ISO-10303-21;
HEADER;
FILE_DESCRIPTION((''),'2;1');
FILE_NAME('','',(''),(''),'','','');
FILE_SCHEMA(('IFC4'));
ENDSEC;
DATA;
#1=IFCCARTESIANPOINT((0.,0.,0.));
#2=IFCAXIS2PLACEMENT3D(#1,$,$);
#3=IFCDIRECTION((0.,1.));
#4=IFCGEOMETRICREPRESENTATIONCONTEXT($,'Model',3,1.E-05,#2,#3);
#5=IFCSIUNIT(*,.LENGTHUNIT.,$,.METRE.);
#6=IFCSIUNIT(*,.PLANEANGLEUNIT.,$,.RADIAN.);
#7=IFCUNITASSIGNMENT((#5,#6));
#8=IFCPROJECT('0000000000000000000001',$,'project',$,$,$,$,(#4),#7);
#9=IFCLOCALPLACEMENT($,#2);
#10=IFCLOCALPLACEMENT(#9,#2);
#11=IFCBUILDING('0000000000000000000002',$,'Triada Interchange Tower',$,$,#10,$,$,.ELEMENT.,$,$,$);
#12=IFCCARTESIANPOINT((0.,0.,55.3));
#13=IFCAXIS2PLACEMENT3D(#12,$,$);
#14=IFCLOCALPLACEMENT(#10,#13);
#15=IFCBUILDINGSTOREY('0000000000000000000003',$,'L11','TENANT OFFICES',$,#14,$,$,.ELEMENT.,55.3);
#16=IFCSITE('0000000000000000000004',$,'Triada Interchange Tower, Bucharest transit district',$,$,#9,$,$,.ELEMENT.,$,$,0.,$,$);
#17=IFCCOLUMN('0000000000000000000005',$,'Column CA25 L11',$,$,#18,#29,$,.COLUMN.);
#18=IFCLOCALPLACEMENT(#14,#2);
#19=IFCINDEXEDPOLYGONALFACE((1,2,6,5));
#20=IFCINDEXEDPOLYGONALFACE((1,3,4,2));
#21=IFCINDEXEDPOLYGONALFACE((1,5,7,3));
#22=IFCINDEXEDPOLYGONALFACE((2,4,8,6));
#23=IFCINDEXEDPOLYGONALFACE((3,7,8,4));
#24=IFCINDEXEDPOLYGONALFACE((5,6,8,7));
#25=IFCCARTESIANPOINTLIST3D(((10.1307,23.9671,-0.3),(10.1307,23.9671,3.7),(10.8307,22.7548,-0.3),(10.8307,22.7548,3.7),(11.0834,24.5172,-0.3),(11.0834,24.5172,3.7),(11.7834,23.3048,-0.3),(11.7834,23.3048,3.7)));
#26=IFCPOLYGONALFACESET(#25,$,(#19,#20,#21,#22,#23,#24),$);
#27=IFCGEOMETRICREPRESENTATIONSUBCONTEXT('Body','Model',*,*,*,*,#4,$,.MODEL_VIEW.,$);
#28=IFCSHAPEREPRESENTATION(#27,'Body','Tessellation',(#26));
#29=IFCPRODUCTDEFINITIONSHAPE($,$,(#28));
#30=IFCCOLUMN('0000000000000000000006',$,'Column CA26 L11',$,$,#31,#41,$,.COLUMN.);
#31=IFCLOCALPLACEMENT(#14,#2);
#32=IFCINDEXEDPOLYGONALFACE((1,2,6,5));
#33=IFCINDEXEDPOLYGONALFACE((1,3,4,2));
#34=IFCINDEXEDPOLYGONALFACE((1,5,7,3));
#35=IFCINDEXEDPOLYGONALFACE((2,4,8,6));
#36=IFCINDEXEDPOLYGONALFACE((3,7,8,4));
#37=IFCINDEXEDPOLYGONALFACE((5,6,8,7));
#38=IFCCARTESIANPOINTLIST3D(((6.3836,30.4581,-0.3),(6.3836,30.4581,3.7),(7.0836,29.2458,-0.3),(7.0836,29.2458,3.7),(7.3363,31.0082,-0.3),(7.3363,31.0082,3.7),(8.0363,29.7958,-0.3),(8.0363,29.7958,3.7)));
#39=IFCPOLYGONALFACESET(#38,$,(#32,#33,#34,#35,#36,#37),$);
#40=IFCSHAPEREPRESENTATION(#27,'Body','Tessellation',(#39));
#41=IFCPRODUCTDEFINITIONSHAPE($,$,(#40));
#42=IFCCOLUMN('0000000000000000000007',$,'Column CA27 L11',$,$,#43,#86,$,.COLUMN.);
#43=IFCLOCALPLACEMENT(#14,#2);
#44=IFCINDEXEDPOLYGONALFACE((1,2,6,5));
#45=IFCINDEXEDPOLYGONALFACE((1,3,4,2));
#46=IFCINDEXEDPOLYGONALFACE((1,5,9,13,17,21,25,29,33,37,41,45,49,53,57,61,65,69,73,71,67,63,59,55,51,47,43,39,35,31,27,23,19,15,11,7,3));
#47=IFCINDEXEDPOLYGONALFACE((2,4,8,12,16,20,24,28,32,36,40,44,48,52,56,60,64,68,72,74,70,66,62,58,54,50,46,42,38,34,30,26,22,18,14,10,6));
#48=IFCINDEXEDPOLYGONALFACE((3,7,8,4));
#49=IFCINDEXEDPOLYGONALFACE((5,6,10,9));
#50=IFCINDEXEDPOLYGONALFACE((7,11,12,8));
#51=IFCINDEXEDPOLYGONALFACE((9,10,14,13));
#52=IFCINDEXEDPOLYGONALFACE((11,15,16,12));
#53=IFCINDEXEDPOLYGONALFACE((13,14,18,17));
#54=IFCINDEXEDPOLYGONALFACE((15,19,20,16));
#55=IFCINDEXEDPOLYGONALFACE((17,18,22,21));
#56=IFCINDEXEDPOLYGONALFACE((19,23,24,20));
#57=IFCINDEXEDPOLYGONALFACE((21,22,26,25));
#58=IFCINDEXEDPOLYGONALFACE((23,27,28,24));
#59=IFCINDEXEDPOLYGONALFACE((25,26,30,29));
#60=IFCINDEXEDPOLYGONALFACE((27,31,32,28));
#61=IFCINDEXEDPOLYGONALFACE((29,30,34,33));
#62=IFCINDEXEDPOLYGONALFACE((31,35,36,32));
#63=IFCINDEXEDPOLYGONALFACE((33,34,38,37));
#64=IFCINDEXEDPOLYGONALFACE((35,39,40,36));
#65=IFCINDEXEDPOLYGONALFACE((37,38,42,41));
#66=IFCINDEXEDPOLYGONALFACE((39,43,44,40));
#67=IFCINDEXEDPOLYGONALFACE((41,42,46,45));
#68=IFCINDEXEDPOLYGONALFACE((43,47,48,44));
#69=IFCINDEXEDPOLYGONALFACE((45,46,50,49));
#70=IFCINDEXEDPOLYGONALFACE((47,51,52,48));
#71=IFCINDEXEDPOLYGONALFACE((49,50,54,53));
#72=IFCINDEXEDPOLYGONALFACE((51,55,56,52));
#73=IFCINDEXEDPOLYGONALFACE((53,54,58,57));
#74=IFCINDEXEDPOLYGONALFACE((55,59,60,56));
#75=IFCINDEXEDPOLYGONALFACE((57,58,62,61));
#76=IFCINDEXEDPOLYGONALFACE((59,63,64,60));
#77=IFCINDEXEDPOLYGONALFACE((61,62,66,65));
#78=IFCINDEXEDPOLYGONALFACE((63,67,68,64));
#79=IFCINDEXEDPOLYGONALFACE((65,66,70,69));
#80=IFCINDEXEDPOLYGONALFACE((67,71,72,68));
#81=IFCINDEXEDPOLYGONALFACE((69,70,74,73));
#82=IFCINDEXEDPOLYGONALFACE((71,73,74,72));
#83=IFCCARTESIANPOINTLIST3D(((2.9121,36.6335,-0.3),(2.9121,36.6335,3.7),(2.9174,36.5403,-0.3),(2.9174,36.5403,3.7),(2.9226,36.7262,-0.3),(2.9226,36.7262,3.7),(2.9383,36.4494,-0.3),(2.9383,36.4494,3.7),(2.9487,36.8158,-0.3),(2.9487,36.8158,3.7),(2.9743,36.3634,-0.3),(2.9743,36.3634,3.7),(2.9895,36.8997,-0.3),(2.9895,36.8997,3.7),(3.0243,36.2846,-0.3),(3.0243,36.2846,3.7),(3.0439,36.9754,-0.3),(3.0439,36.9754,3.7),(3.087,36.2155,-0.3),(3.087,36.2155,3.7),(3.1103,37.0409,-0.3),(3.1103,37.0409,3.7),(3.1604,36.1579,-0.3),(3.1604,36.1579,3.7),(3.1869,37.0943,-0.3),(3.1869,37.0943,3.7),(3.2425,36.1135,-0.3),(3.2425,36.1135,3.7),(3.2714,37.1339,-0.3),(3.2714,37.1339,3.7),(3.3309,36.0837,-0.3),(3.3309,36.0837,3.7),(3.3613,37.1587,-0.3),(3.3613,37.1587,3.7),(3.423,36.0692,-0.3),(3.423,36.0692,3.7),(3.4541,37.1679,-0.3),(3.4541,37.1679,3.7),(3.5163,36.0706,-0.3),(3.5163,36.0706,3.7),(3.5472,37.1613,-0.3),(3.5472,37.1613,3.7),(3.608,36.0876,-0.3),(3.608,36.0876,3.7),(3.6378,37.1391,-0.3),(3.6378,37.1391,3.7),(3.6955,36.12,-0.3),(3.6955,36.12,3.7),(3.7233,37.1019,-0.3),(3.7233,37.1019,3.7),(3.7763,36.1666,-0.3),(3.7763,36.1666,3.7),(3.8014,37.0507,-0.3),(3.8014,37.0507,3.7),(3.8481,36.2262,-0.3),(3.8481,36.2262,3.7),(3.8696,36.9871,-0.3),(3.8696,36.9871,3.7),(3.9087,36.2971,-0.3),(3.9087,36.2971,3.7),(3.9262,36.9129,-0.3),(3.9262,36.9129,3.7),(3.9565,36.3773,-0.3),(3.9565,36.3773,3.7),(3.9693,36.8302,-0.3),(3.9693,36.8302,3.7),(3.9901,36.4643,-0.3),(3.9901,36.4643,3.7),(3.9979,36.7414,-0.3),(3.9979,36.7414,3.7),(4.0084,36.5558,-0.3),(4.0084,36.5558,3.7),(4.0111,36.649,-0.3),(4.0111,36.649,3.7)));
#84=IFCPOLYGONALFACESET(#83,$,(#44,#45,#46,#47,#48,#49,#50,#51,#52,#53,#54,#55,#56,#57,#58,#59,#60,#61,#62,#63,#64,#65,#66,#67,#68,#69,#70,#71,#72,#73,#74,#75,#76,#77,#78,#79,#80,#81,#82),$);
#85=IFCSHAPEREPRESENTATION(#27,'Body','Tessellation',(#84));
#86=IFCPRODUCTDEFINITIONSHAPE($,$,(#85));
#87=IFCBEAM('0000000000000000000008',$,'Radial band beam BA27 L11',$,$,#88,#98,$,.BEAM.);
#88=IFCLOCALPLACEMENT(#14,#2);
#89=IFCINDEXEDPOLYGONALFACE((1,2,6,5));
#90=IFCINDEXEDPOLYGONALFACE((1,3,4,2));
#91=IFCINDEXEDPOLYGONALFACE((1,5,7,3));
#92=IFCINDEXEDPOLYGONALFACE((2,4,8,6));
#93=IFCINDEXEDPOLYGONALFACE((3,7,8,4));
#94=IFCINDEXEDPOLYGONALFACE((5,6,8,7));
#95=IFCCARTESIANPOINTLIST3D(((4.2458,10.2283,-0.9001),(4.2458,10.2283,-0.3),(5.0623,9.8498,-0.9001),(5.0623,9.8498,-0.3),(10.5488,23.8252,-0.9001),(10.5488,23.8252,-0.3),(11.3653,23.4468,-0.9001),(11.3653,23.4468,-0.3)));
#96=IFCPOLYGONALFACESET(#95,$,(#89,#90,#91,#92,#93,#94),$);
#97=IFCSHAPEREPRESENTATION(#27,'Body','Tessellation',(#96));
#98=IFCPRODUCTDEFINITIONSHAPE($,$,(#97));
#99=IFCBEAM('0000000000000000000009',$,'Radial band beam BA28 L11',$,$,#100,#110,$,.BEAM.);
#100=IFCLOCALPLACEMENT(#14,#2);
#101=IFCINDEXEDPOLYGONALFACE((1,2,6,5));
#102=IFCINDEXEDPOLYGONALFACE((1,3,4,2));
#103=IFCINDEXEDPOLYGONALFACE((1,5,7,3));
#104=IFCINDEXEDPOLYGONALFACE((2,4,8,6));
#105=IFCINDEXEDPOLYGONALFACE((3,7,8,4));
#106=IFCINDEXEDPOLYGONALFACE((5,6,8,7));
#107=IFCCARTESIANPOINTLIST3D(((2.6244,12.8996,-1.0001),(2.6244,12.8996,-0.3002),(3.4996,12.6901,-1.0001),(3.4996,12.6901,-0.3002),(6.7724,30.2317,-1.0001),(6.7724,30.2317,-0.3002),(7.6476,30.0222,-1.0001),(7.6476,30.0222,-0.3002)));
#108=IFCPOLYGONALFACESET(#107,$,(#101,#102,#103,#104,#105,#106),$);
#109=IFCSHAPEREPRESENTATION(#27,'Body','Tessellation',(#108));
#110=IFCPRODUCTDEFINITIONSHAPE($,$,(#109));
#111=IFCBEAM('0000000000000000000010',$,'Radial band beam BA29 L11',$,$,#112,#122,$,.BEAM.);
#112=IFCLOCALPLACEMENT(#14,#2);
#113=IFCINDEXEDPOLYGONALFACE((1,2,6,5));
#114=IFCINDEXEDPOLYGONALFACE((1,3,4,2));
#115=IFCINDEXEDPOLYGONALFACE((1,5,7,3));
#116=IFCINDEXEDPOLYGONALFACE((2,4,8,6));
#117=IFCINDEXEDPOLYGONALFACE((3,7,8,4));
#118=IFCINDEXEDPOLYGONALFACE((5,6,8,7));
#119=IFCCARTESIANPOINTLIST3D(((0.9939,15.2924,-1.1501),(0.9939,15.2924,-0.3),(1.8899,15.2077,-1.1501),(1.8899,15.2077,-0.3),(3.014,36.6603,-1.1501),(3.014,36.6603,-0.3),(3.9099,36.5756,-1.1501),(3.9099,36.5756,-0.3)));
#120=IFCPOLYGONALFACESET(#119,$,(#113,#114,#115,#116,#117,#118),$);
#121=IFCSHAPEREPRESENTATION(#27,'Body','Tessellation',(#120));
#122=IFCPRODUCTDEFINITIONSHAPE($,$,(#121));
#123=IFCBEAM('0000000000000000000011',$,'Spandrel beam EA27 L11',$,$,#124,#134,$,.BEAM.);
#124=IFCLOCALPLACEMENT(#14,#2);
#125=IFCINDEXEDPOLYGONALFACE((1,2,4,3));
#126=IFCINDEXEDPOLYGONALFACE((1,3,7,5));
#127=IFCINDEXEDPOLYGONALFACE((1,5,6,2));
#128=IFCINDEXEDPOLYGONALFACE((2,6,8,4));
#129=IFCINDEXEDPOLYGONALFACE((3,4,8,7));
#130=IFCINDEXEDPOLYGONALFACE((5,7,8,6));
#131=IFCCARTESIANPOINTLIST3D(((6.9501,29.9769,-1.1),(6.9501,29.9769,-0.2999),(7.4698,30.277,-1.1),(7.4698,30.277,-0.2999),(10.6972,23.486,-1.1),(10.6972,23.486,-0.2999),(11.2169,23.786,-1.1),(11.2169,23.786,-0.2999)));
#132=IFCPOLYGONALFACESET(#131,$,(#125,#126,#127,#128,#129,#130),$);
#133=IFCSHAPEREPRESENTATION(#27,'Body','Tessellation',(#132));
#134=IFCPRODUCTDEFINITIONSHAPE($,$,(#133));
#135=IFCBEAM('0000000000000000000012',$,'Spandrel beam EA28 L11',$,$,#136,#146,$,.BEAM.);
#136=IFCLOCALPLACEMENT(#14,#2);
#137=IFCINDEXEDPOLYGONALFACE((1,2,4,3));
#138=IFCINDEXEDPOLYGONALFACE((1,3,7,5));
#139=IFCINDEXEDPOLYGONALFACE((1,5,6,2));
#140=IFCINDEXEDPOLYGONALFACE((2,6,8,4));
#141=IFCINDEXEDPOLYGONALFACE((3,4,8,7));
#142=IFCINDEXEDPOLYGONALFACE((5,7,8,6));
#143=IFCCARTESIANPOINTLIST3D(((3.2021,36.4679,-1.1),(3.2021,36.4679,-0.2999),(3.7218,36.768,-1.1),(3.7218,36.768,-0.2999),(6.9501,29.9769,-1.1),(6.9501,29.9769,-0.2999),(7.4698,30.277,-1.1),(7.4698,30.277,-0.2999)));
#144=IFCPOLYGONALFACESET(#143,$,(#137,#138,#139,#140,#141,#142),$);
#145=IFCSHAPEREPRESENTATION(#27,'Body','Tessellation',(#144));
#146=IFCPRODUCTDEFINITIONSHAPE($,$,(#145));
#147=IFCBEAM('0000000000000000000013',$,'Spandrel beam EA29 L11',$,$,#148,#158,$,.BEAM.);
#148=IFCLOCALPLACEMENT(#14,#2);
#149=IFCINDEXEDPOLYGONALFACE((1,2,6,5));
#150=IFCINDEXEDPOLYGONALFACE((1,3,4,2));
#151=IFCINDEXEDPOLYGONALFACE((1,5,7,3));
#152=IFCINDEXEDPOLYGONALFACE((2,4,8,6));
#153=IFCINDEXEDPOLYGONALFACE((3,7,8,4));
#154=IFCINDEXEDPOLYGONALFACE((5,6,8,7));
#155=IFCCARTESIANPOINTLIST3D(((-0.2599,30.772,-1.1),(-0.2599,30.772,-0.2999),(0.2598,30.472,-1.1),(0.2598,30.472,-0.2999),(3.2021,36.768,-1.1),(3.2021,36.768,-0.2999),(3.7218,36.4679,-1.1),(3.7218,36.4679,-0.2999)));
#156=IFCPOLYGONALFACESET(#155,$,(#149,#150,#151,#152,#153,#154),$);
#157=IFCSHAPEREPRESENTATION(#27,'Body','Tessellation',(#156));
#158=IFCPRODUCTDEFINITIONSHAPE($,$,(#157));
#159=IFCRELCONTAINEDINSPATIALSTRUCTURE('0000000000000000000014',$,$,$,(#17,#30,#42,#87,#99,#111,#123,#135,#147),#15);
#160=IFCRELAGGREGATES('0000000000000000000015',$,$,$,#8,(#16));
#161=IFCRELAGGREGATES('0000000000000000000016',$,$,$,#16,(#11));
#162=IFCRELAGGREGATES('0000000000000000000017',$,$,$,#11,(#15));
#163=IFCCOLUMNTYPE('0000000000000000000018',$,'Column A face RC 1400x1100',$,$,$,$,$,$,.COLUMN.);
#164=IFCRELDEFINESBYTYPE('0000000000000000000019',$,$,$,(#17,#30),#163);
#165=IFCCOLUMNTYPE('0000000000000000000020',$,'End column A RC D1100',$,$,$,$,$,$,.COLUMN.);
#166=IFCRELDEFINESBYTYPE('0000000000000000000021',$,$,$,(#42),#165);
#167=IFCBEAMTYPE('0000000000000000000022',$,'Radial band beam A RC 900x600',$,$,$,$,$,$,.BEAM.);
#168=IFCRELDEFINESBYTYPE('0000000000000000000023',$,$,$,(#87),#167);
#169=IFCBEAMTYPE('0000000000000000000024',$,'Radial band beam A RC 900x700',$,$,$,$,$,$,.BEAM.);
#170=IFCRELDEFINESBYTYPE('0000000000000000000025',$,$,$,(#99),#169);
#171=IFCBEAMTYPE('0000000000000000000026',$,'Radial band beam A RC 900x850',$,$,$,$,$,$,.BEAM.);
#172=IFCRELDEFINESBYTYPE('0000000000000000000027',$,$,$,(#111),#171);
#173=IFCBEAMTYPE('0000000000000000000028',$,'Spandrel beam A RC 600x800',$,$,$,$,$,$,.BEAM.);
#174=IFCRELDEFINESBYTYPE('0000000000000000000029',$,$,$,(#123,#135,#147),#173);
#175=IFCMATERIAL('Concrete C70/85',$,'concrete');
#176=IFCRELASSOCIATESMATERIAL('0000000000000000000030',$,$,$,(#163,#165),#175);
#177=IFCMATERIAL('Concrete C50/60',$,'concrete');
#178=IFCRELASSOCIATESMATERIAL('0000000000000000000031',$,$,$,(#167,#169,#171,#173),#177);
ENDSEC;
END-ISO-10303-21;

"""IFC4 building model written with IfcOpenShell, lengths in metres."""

from ifc_helpers import new_model, si_unit, direction, frame, origin, origin_2d, place, context, subcontext, project, spatial, rectangle, circle, extrude, material, material_profile, profile_set, type_object, element, save


model = new_model("IFC4")

# Units and contexts
model_context = context("Model", 3, precision=1e-05, world=origin(), true_north=direction((0.0, 1.0)))
body_context = subcontext(model_context, "Body", "Model", "MODEL_VIEW")
ifc_project = project(units=[si_unit("LENGTHUNIT", "METRE"), si_unit("PLANEANGLEUNIT", "RADIAN")], contexts=[model_context])

# Site, building, storey
site_placement = place(None, origin())
site = spatial("IfcSite", under=ifc_project, at=site_placement, Name="Triada Interchange Tower, Bucharest transit district", CompositionType="ELEMENT", RefElevation=0.0)
building_placement = place(site_placement, origin())
building = spatial("IfcBuilding", under=site, at=building_placement, Name="Triada Interchange Tower", CompositionType="ELEMENT")
storey_placement = place(building_placement, frame((0.0, 0.0, 55.3)))
storey = spatial("IfcBuildingStorey", under=building, at=storey_placement, Name="L11", Description="TENANT OFFICES", CompositionType="ELEMENT", Elevation=55.3)

# Columns
ifc_material_1 = material(Name="Concrete C70/85", Category="concrete")
ifc_material_profile_1 = material_profile(ifc_material_1, rectangle(XDim=1.3999, YDim=1.1001, at=origin_2d()), Name="RC 1400x1100")
ifc_profile_set_1 = profile_set([ifc_material_profile_1], Name="Concrete C70/85")
column_type_1 = type_object("IfcColumnType", Name="Column A face RC 1400x1100", PredefinedType="COLUMN", material=ifc_profile_set_1)
for number, where, z_axis, x_axis, name in (
    (1, (10.957, 23.636, -0.3), (0.0, 0.0, 1.0), (-0.5, 0.866025, 0.0), "Column CA25 L11"),
    (2, (7.21, 30.127, -0.3), (0.0, 0.0, 1.0), (-0.5, 0.866025, 0.0), "Column CA26 L11"),
):
    element("IfcColumn", number, at=place(storey_placement, frame(where, z_axis=z_axis, x_axis=x_axis)), inside=storey, type_object=column_type_1, Name=name, PredefinedType="COLUMN", context=body_context, shape_type="SweptSolid", body=[
        extrude(rectangle(XDim=1.3999, YDim=1.1001, at=origin_2d()), origin(), (0.0, 0.0, 1.0), 4.0),
    ])
ifc_material_profile_2 = material_profile(ifc_material_1, circle(Radius=0.55, at=origin_2d()), Name="RC D1100")
ifc_profile_set_2 = profile_set([ifc_material_profile_2], Name="Concrete C70/85")
column_type_2 = type_object("IfcColumnType", Name="End column A RC D1100", PredefinedType="COLUMN", material=ifc_profile_set_2)
column_placement = place(storey_placement, frame((3.4619, 36.6179, -0.3), z_axis=(0.0, 0.0, 1.0), x_axis=(-0.5, 0.866025, 0.0)))
element("IfcColumn", 3, at=column_placement, inside=storey, type_object=column_type_2, Name="Column CA27 L11", PredefinedType="COLUMN", context=body_context, shape_type="SweptSolid", body=[
    extrude(circle(Radius=0.55, at=origin_2d()), origin(), (0.0, 0.0, 1.0), 4.0),
])

# Beams
ifc_material_2 = material(Name="Concrete C50/60", Category="concrete")
ifc_material_profile_3 = material_profile(ifc_material_2, rectangle(XDim=0.8999, YDim=0.6001, at=origin_2d()), Name="RC 900x600")
ifc_profile_set_3 = profile_set([ifc_material_profile_3], Name="Concrete C50/60")
beam_type_1 = type_object("IfcBeamType", Name="Radial band beam A RC 900x600", PredefinedType="BEAM", material=ifc_profile_set_3)
beam_1_placement = place(storey_placement, frame((10.957, 23.636, -0.6001), z_axis=(-0.420569, -0.907261, 0.0), x_axis=(0.907261, -0.420569, 0.0)))
element("IfcBeam", 4, at=beam_1_placement, inside=storey, type_object=beam_type_1, Name="Radial band beam BA27 L11", PredefinedType="BEAM", context=body_context, shape_type="SweptSolid", body=[
    extrude(rectangle(XDim=0.8999, YDim=0.6001, at=origin_2d()), origin(), (0.0, 0.0, 1.0), 14.9868),
])
ifc_material_profile_4 = material_profile(ifc_material_2, rectangle(XDim=0.8999, YDim=0.7, at=origin_2d()), Name="RC 900x700")
ifc_profile_set_4 = profile_set([ifc_material_profile_4], Name="Concrete C50/60")
beam_type_2 = type_object("IfcBeamType", Name="Radial band beam A RC 900x700", PredefinedType="BEAM", material=ifc_profile_set_4)
beam_2_placement = place(storey_placement, frame((7.21, 30.127, -0.6501), z_axis=(-0.23275, -0.972537, 0.0), x_axis=(0.972537, -0.23275, 0.0)))
element("IfcBeam", 5, at=beam_2_placement, inside=storey, type_object=beam_type_2, Name="Radial band beam BA28 L11", PredefinedType="BEAM", context=body_context, shape_type="SweptSolid", body=[
    extrude(rectangle(XDim=0.8999, YDim=0.7, at=origin_2d()), origin(), (0.0, 0.0, 1.0), 17.8215),
])
ifc_material_profile_5 = material_profile(ifc_material_2, rectangle(XDim=0.8999, YDim=0.8501, at=origin_2d()), Name="RC 900x850")
ifc_profile_set_5 = profile_set([ifc_material_profile_5], Name="Concrete C50/60")
beam_type_3 = type_object("IfcBeamType", Name="Radial band beam A RC 900x850", PredefinedType="BEAM", material=ifc_profile_set_5)
beam_3_placement = place(storey_placement, frame((3.4619, 36.6179, -0.7251), z_axis=(-0.094116, -0.995561, 0.0), x_axis=(0.995561, -0.094116, 0.0)))
element("IfcBeam", 6, at=beam_3_placement, inside=storey, type_object=beam_type_3, Name="Radial band beam BA29 L11", PredefinedType="BEAM", context=body_context, shape_type="SweptSolid", body=[
    extrude(rectangle(XDim=0.8999, YDim=0.8501, at=origin_2d()), origin(), (0.0, 0.0, 1.0), 21.4631),
])
ifc_material_profile_6 = material_profile(ifc_material_2, rectangle(XDim=0.6001, YDim=0.8, at=origin_2d()), Name="RC 600x800")
ifc_profile_set_6 = profile_set([ifc_material_profile_6], Name="Concrete C50/60")
beam_type_4 = type_object("IfcBeamType", Name="Spandrel beam A RC 600x800", PredefinedType="BEAM", material=ifc_profile_set_6)
beam_4_placement = place(storey_placement, frame((10.957, 23.636, -0.7), z_axis=(-0.499951, 0.866054, 0.0), x_axis=(-0.866054, -0.499951, 0.0)))
element("IfcBeam", 7, at=beam_4_placement, inside=storey, type_object=beam_type_4, Name="Spandrel beam EA27 L11", PredefinedType="BEAM", context=body_context, shape_type="SweptSolid", body=[
    extrude(rectangle(XDim=0.6001, YDim=0.8, at=origin_2d()), origin(), (0.0, 0.0, 1.0), 7.4949),
])
beam_5_placement = place(storey_placement, frame((7.21, 30.127, -0.7), z_axis=(-0.500049, 0.865997, 0.0), x_axis=(-0.865997, -0.500049, 0.0)))
element("IfcBeam", 8, at=beam_5_placement, inside=storey, type_object=beam_type_4, Name="Spandrel beam EA28 L11", PredefinedType="BEAM", context=body_context, shape_type="SweptSolid", body=[
    extrude(rectangle(XDim=0.6001, YDim=0.8, at=origin_2d()), origin(), (0.0, 0.0, 1.0), 7.4954),
])
beam_6_placement = place(storey_placement, frame((3.4619, 36.6179, -0.7), z_axis=(-0.500023, -0.866012, 0.0), x_axis=(0.866012, -0.500023, 0.0)))
element("IfcBeam", 9, at=beam_6_placement, inside=storey, type_object=beam_type_4, Name="Spandrel beam EA29 L11", PredefinedType="BEAM", context=body_context, shape_type="SweptSolid", body=[
    extrude(rectangle(XDim=0.6001, YDim=0.8, at=origin_2d()), origin(), (0.0, 0.0, 1.0), 6.9236),
])

save(model, "model.ifc")
